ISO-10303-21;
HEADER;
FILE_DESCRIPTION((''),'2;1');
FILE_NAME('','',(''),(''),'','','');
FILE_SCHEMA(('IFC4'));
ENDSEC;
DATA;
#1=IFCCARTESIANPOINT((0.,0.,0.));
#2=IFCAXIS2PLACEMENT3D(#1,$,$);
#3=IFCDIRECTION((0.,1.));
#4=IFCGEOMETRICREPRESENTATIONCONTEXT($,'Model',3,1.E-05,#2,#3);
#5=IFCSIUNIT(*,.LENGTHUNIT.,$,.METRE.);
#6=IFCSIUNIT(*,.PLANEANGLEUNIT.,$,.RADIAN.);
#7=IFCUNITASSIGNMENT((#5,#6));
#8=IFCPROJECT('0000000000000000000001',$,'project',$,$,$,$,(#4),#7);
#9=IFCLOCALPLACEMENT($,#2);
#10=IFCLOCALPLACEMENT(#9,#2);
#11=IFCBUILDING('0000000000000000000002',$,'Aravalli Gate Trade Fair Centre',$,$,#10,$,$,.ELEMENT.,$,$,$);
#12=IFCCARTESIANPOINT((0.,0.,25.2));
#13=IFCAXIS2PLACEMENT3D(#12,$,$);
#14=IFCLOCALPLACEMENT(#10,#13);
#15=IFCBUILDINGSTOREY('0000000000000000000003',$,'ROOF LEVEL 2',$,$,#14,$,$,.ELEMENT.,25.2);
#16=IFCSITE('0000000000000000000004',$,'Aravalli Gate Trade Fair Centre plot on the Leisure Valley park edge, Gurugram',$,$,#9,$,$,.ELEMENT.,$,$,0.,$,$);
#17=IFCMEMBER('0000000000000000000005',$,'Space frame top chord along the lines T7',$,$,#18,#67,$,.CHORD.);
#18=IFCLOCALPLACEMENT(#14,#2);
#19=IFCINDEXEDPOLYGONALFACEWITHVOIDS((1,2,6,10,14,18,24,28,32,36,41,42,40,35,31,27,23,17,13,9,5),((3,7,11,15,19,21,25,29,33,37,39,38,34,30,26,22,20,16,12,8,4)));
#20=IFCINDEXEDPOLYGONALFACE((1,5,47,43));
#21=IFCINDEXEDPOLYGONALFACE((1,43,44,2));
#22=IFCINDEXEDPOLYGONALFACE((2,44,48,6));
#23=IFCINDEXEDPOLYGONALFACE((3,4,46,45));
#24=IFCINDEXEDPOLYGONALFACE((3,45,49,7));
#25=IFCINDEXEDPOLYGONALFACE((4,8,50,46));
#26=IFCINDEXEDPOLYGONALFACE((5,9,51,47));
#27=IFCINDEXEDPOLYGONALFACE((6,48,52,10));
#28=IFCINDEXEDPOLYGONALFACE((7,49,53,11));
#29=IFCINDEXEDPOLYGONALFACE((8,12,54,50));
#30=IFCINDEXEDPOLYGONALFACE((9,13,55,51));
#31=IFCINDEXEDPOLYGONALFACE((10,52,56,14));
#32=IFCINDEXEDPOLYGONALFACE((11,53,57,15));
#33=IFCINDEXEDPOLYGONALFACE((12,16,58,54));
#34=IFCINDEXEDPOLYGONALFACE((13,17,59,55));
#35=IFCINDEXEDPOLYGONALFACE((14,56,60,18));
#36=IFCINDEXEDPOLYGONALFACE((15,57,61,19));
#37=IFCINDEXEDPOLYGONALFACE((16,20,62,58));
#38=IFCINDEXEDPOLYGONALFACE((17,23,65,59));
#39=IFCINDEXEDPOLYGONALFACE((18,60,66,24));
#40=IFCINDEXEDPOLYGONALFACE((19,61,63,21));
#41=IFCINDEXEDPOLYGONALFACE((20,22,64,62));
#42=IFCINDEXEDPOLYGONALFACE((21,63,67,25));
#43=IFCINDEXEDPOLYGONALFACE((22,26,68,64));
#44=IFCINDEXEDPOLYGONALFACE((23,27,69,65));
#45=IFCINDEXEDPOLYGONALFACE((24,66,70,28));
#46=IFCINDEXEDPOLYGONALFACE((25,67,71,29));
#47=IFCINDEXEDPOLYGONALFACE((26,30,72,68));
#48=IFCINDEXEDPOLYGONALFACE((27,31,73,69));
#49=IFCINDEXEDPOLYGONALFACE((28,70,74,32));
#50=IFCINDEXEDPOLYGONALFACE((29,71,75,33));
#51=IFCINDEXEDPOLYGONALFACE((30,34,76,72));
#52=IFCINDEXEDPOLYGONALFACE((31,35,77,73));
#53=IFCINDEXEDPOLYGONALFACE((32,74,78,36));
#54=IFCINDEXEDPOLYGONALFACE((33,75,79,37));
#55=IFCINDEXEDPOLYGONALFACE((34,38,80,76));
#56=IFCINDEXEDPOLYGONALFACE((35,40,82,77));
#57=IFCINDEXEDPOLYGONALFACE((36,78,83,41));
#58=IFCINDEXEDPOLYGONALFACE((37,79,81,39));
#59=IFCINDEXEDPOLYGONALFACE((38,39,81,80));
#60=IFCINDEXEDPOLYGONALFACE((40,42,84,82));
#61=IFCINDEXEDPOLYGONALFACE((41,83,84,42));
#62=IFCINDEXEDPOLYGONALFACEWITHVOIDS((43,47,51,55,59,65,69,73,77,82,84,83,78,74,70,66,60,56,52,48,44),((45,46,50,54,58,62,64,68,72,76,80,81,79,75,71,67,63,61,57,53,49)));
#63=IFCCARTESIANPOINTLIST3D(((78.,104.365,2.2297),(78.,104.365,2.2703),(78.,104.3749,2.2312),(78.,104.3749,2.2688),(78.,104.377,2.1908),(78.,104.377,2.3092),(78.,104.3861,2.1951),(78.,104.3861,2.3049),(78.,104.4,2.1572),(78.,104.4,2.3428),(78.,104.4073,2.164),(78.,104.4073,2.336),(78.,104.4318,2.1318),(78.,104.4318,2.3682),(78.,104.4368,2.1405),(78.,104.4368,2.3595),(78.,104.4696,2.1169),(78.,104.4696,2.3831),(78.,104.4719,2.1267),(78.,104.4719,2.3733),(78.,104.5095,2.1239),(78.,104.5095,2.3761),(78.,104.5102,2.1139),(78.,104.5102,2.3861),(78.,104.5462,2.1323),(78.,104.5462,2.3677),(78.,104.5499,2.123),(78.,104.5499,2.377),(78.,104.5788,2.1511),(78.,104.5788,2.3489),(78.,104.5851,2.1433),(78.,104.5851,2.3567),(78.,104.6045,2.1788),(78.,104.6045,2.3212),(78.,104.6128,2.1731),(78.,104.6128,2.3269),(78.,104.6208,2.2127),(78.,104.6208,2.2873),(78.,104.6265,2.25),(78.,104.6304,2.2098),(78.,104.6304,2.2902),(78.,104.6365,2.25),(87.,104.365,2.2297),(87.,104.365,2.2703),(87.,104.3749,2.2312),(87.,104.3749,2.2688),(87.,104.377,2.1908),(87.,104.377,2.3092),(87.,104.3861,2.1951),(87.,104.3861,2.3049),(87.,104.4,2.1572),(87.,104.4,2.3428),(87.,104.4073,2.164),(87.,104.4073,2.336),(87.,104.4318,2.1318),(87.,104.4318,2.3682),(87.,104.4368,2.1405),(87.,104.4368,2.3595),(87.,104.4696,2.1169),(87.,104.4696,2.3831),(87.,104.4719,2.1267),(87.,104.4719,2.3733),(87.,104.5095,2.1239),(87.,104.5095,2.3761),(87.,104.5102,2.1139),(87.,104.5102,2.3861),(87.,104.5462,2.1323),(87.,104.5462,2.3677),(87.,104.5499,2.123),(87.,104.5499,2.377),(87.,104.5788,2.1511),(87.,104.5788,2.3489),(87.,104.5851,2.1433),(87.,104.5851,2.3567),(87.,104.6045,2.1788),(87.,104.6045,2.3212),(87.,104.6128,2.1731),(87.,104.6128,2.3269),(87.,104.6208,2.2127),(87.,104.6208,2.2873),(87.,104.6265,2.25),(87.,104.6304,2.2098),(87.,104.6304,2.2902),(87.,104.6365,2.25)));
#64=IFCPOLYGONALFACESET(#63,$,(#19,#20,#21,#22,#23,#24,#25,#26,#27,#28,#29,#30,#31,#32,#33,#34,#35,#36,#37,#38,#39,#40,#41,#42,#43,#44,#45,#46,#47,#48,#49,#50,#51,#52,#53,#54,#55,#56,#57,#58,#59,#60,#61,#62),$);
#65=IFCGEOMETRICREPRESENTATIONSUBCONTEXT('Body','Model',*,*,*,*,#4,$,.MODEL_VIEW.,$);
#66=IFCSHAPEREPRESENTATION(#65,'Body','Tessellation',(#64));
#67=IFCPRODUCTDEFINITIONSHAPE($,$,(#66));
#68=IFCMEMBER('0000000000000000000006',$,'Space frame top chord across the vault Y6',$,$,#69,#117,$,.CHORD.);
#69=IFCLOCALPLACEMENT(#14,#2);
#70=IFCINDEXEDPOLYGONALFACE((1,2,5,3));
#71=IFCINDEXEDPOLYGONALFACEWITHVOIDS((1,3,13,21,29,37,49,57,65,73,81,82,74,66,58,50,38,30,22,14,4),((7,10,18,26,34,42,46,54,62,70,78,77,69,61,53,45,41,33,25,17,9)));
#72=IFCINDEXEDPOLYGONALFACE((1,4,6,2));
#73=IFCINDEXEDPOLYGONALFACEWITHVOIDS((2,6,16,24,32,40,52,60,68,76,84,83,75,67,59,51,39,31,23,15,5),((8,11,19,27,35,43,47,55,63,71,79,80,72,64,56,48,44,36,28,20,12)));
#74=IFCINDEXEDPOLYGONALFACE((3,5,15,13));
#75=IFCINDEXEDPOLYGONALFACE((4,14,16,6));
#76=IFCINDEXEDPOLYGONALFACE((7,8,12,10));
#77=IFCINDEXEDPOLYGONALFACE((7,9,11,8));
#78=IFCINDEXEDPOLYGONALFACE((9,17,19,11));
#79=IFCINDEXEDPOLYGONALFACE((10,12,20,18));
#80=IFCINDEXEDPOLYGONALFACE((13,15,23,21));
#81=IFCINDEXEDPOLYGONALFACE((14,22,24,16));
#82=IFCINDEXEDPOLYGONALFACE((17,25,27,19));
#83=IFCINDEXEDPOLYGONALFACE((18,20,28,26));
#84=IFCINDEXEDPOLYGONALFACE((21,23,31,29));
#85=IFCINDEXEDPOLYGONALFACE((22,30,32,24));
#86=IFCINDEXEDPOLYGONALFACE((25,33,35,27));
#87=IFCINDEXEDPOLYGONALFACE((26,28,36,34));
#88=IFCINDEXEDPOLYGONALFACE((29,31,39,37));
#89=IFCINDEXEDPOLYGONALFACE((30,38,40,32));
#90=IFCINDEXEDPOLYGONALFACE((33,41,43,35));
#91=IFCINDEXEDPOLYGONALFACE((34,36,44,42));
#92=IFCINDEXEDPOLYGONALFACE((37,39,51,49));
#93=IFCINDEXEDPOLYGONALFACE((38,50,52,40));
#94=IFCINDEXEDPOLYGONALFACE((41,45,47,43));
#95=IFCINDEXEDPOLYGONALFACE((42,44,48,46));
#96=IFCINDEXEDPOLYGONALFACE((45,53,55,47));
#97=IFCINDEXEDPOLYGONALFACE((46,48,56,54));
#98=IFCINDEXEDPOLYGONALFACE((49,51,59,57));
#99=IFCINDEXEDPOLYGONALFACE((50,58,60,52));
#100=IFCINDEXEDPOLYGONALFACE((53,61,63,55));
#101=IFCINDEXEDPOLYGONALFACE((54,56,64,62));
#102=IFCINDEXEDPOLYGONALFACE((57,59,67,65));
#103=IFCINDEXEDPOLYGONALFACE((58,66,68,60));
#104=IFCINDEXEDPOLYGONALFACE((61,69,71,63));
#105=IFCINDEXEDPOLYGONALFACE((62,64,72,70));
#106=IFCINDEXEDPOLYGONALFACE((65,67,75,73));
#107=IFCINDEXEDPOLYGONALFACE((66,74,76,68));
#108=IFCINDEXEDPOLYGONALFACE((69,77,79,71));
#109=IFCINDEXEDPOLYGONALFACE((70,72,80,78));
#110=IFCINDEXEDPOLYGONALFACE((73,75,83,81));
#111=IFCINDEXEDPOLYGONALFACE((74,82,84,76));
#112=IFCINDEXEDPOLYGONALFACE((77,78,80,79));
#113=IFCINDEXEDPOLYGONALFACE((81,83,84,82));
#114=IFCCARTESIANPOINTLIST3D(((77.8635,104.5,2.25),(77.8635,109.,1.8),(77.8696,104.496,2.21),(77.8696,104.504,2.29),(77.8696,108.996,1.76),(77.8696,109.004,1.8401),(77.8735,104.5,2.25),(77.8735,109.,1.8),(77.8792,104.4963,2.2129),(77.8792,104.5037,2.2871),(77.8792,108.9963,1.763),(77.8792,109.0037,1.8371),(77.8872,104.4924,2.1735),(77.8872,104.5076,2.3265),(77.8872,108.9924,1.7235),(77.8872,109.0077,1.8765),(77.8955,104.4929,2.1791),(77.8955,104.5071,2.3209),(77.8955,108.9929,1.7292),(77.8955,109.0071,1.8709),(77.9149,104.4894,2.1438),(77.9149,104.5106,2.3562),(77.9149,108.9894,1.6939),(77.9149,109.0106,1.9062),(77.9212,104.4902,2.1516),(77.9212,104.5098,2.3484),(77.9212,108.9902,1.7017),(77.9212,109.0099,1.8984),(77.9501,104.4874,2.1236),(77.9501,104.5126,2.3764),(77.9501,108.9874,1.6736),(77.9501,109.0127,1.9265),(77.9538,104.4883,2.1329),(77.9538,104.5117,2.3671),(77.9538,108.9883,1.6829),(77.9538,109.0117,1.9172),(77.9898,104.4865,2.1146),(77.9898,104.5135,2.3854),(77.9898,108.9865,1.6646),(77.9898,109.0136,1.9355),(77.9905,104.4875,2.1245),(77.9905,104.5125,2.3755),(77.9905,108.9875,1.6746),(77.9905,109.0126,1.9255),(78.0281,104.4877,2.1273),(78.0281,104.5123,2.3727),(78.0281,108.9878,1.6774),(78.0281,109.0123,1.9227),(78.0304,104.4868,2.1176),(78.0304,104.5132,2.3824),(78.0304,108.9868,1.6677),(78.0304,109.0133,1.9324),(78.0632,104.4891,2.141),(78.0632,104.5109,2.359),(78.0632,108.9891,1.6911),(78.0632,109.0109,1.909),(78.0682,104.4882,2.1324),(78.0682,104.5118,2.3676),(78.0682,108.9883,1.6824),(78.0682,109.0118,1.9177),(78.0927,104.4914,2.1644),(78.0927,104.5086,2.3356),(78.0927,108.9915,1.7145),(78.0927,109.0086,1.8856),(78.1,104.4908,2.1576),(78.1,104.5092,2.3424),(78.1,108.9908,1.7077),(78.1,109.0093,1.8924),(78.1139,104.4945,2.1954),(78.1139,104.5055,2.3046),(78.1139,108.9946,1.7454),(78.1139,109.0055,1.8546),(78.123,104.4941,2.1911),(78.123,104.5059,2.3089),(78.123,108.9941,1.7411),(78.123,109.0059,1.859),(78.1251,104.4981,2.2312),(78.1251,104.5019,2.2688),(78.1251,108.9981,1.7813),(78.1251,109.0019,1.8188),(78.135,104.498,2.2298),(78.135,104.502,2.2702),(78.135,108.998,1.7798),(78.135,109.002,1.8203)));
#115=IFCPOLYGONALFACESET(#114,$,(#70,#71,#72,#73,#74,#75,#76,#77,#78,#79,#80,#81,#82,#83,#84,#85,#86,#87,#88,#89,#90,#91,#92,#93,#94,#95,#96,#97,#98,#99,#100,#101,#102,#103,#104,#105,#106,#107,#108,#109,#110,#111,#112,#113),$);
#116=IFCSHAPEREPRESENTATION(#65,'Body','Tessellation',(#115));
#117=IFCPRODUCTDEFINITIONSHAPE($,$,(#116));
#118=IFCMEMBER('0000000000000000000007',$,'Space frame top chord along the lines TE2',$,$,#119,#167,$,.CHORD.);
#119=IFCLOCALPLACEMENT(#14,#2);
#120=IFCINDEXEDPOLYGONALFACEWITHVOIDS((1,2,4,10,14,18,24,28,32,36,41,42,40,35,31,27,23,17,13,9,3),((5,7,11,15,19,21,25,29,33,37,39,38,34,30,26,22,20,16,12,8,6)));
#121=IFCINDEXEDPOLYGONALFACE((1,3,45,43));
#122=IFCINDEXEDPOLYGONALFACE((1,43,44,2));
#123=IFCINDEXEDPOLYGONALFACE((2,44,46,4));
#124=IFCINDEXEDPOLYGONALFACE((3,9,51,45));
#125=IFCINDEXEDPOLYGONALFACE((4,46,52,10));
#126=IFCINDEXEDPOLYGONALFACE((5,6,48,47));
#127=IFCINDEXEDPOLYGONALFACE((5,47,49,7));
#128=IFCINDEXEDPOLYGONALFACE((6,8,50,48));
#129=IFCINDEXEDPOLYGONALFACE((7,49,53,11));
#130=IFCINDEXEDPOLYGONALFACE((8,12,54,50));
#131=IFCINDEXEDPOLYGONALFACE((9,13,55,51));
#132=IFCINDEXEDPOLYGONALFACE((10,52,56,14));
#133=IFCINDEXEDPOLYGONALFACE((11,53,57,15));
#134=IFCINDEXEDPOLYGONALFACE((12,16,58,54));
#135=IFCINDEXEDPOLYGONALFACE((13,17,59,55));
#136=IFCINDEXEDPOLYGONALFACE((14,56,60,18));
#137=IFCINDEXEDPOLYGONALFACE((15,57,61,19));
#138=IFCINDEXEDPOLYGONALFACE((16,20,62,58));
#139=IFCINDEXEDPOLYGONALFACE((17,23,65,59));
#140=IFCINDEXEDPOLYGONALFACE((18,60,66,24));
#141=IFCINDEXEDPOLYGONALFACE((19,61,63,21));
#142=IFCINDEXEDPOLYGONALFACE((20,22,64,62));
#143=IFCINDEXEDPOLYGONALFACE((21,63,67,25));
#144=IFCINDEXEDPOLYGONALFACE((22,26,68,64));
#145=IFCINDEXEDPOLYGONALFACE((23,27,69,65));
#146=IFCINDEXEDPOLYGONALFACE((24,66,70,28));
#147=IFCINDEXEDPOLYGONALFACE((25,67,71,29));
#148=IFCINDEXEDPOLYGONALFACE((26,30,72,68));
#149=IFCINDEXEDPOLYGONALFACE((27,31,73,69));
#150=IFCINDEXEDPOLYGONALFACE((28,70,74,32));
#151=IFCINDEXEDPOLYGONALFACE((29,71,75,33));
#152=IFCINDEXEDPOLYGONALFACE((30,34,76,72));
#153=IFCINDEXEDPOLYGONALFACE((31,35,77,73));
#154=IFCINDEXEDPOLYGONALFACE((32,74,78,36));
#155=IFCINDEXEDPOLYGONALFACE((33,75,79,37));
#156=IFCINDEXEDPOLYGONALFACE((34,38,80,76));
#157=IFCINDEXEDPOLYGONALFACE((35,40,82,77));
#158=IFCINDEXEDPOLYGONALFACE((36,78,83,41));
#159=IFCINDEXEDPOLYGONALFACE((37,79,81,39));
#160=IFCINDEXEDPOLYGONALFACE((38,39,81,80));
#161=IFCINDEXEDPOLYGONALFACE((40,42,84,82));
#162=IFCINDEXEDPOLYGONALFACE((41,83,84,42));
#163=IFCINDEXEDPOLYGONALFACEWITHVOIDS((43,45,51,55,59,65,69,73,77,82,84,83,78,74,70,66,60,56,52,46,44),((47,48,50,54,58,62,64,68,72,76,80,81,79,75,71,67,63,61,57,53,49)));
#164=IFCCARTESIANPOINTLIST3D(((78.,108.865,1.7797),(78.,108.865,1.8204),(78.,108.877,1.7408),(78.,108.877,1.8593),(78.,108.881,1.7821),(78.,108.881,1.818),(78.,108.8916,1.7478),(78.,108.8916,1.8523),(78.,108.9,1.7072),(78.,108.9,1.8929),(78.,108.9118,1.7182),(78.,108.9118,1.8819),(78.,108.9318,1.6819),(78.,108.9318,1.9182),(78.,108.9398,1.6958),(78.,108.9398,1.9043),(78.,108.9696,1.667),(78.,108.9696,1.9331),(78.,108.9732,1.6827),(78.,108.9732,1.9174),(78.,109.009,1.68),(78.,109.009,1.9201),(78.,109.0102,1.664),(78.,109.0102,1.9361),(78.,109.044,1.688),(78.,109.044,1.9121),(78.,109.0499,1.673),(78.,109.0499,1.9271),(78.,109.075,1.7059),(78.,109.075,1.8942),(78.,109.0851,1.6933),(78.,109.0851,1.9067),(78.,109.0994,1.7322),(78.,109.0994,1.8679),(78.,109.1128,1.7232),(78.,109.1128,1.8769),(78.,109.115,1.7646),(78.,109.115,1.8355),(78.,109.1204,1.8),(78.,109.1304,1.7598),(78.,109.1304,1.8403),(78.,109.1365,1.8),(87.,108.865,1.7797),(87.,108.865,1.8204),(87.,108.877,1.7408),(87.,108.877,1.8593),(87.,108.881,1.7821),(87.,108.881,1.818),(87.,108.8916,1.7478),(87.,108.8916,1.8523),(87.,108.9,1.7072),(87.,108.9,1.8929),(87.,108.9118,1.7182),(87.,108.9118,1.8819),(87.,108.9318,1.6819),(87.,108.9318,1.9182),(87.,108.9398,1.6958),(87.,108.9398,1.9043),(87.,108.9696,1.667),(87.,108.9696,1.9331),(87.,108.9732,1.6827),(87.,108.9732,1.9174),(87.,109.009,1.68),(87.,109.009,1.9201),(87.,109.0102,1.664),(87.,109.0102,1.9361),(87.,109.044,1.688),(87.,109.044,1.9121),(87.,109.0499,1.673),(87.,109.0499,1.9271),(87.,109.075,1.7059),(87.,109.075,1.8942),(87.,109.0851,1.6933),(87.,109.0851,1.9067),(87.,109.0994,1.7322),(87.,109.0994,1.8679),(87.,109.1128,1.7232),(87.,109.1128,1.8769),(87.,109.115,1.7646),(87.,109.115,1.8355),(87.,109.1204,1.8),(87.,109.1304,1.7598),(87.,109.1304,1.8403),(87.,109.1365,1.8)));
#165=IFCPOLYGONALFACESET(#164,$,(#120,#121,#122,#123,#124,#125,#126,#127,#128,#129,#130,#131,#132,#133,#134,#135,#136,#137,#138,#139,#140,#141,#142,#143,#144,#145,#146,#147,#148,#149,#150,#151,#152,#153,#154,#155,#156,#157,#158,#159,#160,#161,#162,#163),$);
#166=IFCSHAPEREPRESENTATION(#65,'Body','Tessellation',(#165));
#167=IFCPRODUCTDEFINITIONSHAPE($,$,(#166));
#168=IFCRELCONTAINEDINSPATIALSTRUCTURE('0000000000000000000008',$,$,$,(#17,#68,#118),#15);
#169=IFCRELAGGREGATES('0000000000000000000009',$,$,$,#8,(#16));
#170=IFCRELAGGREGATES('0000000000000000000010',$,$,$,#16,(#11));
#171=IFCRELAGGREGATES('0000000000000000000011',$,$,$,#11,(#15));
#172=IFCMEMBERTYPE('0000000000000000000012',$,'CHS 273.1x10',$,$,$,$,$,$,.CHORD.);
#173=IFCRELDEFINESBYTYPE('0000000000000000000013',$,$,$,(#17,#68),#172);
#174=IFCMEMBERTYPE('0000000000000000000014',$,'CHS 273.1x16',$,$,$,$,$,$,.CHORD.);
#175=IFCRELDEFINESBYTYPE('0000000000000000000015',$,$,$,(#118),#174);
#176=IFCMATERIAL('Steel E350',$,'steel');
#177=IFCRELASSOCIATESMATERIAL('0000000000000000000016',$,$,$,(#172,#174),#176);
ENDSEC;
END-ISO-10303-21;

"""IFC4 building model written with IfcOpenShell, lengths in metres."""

from ifc_helpers import new_model, si_unit, direction, frame, origin, origin_2d, place, context, subcontext, project, spatial, hollow_circle, extrude, material, material_profile, profile_set, type_object, element, save


model = new_model("IFC4")

# Units and contexts
model_context = context("Model", 3, precision=1e-05, world=origin(), true_north=direction((0.0, 1.0)))
body_context = subcontext(model_context, "Body", "Model", "MODEL_VIEW")
ifc_project = project(units=[si_unit("LENGTHUNIT", "METRE"), si_unit("PLANEANGLEUNIT", "RADIAN")], contexts=[model_context])

# Site, building, storey
site_placement = place(None, origin())
site = spatial("IfcSite", under=ifc_project, at=site_placement, Name="Aravalli Gate Trade Fair Centre plot on the Leisure Valley park edge, Gurugram", CompositionType="ELEMENT", RefElevation=0.0)
building_placement = place(site_placement, origin())
building = spatial("IfcBuilding", under=site, at=building_placement, Name="Aravalli Gate Trade Fair Centre", CompositionType="ELEMENT")
storey_placement = place(building_placement, frame((0.0, 0.0, 25.2)))
storey = spatial("IfcBuildingStorey", under=building, at=storey_placement, Name="ROOF LEVEL 2", CompositionType="ELEMENT", Elevation=25.2)

# Members
ifc_material_1 = material(Name="Steel E350", Category="steel")
ifc_material_profile_1 = material_profile(ifc_material_1, hollow_circle(Radius=0.1365, WallThickness=0.01, at=origin_2d()), Name="CHS 273.1x10")
ifc_profile_set_1 = profile_set([ifc_material_profile_1], Name="Steel E350")
member_type_1 = type_object("IfcMemberType", Name="CHS 273.1x10", PredefinedType="CHORD", material=ifc_profile_set_1)
member_1_placement = place(storey_placement, frame((78.0, 104.5, 2.25), z_axis=(1.0, 0.0, 0.0), x_axis=(0.0, 1.0, 0.0)))
element("IfcMember", 1, at=member_1_placement, inside=storey, type_object=member_type_1, Name="Space frame top chord along the lines T7", PredefinedType="CHORD", context=body_context, shape_type="SweptSolid", body=[
    extrude(hollow_circle(Radius=0.1365, WallThickness=0.01, at=origin_2d()), origin(), (0.0, 0.0, 1.0), 9.0),
])
member_2_placement = place(storey_placement, frame((78.0, 104.5, 2.25), z_axis=(0.0, 0.995038, -0.099493), x_axis=(-1.0, 0.0, 0.0)))
element("IfcMember", 2, at=member_2_placement, inside=storey, type_object=member_type_1, Name="Space frame top chord across the vault Y6", PredefinedType="CHORD", context=body_context, shape_type="SweptSolid", body=[
    extrude(hollow_circle(Radius=0.1365, WallThickness=0.01, at=origin_2d()), origin(), (0.0, 0.0, 1.0), 4.5225),
])
ifc_material_profile_2 = material_profile(ifc_material_1, hollow_circle(Radius=0.1365, WallThickness=0.0161, at=origin_2d()), Name="CHS 273.1x16")
ifc_profile_set_2 = profile_set([ifc_material_profile_2], Name="Steel E350")
member_type_2 = type_object("IfcMemberType", Name="CHS 273.1x16", PredefinedType="CHORD", material=ifc_profile_set_2)
member_3_placement = place(storey_placement, frame((78.0, 109.0, 1.8), z_axis=(1.0, 0.0, 0.0), x_axis=(0.0, 1.0, 0.0)))
element("IfcMember", 3, at=member_3_placement, inside=storey, type_object=member_type_2, Name="Space frame top chord along the lines TE2", PredefinedType="CHORD", context=body_context, shape_type="SweptSolid", body=[
    extrude(hollow_circle(Radius=0.1365, WallThickness=0.0161, at=origin_2d()), origin(), (0.0, 0.0, 1.0), 9.0),
])

save(model, "model.ifc")
